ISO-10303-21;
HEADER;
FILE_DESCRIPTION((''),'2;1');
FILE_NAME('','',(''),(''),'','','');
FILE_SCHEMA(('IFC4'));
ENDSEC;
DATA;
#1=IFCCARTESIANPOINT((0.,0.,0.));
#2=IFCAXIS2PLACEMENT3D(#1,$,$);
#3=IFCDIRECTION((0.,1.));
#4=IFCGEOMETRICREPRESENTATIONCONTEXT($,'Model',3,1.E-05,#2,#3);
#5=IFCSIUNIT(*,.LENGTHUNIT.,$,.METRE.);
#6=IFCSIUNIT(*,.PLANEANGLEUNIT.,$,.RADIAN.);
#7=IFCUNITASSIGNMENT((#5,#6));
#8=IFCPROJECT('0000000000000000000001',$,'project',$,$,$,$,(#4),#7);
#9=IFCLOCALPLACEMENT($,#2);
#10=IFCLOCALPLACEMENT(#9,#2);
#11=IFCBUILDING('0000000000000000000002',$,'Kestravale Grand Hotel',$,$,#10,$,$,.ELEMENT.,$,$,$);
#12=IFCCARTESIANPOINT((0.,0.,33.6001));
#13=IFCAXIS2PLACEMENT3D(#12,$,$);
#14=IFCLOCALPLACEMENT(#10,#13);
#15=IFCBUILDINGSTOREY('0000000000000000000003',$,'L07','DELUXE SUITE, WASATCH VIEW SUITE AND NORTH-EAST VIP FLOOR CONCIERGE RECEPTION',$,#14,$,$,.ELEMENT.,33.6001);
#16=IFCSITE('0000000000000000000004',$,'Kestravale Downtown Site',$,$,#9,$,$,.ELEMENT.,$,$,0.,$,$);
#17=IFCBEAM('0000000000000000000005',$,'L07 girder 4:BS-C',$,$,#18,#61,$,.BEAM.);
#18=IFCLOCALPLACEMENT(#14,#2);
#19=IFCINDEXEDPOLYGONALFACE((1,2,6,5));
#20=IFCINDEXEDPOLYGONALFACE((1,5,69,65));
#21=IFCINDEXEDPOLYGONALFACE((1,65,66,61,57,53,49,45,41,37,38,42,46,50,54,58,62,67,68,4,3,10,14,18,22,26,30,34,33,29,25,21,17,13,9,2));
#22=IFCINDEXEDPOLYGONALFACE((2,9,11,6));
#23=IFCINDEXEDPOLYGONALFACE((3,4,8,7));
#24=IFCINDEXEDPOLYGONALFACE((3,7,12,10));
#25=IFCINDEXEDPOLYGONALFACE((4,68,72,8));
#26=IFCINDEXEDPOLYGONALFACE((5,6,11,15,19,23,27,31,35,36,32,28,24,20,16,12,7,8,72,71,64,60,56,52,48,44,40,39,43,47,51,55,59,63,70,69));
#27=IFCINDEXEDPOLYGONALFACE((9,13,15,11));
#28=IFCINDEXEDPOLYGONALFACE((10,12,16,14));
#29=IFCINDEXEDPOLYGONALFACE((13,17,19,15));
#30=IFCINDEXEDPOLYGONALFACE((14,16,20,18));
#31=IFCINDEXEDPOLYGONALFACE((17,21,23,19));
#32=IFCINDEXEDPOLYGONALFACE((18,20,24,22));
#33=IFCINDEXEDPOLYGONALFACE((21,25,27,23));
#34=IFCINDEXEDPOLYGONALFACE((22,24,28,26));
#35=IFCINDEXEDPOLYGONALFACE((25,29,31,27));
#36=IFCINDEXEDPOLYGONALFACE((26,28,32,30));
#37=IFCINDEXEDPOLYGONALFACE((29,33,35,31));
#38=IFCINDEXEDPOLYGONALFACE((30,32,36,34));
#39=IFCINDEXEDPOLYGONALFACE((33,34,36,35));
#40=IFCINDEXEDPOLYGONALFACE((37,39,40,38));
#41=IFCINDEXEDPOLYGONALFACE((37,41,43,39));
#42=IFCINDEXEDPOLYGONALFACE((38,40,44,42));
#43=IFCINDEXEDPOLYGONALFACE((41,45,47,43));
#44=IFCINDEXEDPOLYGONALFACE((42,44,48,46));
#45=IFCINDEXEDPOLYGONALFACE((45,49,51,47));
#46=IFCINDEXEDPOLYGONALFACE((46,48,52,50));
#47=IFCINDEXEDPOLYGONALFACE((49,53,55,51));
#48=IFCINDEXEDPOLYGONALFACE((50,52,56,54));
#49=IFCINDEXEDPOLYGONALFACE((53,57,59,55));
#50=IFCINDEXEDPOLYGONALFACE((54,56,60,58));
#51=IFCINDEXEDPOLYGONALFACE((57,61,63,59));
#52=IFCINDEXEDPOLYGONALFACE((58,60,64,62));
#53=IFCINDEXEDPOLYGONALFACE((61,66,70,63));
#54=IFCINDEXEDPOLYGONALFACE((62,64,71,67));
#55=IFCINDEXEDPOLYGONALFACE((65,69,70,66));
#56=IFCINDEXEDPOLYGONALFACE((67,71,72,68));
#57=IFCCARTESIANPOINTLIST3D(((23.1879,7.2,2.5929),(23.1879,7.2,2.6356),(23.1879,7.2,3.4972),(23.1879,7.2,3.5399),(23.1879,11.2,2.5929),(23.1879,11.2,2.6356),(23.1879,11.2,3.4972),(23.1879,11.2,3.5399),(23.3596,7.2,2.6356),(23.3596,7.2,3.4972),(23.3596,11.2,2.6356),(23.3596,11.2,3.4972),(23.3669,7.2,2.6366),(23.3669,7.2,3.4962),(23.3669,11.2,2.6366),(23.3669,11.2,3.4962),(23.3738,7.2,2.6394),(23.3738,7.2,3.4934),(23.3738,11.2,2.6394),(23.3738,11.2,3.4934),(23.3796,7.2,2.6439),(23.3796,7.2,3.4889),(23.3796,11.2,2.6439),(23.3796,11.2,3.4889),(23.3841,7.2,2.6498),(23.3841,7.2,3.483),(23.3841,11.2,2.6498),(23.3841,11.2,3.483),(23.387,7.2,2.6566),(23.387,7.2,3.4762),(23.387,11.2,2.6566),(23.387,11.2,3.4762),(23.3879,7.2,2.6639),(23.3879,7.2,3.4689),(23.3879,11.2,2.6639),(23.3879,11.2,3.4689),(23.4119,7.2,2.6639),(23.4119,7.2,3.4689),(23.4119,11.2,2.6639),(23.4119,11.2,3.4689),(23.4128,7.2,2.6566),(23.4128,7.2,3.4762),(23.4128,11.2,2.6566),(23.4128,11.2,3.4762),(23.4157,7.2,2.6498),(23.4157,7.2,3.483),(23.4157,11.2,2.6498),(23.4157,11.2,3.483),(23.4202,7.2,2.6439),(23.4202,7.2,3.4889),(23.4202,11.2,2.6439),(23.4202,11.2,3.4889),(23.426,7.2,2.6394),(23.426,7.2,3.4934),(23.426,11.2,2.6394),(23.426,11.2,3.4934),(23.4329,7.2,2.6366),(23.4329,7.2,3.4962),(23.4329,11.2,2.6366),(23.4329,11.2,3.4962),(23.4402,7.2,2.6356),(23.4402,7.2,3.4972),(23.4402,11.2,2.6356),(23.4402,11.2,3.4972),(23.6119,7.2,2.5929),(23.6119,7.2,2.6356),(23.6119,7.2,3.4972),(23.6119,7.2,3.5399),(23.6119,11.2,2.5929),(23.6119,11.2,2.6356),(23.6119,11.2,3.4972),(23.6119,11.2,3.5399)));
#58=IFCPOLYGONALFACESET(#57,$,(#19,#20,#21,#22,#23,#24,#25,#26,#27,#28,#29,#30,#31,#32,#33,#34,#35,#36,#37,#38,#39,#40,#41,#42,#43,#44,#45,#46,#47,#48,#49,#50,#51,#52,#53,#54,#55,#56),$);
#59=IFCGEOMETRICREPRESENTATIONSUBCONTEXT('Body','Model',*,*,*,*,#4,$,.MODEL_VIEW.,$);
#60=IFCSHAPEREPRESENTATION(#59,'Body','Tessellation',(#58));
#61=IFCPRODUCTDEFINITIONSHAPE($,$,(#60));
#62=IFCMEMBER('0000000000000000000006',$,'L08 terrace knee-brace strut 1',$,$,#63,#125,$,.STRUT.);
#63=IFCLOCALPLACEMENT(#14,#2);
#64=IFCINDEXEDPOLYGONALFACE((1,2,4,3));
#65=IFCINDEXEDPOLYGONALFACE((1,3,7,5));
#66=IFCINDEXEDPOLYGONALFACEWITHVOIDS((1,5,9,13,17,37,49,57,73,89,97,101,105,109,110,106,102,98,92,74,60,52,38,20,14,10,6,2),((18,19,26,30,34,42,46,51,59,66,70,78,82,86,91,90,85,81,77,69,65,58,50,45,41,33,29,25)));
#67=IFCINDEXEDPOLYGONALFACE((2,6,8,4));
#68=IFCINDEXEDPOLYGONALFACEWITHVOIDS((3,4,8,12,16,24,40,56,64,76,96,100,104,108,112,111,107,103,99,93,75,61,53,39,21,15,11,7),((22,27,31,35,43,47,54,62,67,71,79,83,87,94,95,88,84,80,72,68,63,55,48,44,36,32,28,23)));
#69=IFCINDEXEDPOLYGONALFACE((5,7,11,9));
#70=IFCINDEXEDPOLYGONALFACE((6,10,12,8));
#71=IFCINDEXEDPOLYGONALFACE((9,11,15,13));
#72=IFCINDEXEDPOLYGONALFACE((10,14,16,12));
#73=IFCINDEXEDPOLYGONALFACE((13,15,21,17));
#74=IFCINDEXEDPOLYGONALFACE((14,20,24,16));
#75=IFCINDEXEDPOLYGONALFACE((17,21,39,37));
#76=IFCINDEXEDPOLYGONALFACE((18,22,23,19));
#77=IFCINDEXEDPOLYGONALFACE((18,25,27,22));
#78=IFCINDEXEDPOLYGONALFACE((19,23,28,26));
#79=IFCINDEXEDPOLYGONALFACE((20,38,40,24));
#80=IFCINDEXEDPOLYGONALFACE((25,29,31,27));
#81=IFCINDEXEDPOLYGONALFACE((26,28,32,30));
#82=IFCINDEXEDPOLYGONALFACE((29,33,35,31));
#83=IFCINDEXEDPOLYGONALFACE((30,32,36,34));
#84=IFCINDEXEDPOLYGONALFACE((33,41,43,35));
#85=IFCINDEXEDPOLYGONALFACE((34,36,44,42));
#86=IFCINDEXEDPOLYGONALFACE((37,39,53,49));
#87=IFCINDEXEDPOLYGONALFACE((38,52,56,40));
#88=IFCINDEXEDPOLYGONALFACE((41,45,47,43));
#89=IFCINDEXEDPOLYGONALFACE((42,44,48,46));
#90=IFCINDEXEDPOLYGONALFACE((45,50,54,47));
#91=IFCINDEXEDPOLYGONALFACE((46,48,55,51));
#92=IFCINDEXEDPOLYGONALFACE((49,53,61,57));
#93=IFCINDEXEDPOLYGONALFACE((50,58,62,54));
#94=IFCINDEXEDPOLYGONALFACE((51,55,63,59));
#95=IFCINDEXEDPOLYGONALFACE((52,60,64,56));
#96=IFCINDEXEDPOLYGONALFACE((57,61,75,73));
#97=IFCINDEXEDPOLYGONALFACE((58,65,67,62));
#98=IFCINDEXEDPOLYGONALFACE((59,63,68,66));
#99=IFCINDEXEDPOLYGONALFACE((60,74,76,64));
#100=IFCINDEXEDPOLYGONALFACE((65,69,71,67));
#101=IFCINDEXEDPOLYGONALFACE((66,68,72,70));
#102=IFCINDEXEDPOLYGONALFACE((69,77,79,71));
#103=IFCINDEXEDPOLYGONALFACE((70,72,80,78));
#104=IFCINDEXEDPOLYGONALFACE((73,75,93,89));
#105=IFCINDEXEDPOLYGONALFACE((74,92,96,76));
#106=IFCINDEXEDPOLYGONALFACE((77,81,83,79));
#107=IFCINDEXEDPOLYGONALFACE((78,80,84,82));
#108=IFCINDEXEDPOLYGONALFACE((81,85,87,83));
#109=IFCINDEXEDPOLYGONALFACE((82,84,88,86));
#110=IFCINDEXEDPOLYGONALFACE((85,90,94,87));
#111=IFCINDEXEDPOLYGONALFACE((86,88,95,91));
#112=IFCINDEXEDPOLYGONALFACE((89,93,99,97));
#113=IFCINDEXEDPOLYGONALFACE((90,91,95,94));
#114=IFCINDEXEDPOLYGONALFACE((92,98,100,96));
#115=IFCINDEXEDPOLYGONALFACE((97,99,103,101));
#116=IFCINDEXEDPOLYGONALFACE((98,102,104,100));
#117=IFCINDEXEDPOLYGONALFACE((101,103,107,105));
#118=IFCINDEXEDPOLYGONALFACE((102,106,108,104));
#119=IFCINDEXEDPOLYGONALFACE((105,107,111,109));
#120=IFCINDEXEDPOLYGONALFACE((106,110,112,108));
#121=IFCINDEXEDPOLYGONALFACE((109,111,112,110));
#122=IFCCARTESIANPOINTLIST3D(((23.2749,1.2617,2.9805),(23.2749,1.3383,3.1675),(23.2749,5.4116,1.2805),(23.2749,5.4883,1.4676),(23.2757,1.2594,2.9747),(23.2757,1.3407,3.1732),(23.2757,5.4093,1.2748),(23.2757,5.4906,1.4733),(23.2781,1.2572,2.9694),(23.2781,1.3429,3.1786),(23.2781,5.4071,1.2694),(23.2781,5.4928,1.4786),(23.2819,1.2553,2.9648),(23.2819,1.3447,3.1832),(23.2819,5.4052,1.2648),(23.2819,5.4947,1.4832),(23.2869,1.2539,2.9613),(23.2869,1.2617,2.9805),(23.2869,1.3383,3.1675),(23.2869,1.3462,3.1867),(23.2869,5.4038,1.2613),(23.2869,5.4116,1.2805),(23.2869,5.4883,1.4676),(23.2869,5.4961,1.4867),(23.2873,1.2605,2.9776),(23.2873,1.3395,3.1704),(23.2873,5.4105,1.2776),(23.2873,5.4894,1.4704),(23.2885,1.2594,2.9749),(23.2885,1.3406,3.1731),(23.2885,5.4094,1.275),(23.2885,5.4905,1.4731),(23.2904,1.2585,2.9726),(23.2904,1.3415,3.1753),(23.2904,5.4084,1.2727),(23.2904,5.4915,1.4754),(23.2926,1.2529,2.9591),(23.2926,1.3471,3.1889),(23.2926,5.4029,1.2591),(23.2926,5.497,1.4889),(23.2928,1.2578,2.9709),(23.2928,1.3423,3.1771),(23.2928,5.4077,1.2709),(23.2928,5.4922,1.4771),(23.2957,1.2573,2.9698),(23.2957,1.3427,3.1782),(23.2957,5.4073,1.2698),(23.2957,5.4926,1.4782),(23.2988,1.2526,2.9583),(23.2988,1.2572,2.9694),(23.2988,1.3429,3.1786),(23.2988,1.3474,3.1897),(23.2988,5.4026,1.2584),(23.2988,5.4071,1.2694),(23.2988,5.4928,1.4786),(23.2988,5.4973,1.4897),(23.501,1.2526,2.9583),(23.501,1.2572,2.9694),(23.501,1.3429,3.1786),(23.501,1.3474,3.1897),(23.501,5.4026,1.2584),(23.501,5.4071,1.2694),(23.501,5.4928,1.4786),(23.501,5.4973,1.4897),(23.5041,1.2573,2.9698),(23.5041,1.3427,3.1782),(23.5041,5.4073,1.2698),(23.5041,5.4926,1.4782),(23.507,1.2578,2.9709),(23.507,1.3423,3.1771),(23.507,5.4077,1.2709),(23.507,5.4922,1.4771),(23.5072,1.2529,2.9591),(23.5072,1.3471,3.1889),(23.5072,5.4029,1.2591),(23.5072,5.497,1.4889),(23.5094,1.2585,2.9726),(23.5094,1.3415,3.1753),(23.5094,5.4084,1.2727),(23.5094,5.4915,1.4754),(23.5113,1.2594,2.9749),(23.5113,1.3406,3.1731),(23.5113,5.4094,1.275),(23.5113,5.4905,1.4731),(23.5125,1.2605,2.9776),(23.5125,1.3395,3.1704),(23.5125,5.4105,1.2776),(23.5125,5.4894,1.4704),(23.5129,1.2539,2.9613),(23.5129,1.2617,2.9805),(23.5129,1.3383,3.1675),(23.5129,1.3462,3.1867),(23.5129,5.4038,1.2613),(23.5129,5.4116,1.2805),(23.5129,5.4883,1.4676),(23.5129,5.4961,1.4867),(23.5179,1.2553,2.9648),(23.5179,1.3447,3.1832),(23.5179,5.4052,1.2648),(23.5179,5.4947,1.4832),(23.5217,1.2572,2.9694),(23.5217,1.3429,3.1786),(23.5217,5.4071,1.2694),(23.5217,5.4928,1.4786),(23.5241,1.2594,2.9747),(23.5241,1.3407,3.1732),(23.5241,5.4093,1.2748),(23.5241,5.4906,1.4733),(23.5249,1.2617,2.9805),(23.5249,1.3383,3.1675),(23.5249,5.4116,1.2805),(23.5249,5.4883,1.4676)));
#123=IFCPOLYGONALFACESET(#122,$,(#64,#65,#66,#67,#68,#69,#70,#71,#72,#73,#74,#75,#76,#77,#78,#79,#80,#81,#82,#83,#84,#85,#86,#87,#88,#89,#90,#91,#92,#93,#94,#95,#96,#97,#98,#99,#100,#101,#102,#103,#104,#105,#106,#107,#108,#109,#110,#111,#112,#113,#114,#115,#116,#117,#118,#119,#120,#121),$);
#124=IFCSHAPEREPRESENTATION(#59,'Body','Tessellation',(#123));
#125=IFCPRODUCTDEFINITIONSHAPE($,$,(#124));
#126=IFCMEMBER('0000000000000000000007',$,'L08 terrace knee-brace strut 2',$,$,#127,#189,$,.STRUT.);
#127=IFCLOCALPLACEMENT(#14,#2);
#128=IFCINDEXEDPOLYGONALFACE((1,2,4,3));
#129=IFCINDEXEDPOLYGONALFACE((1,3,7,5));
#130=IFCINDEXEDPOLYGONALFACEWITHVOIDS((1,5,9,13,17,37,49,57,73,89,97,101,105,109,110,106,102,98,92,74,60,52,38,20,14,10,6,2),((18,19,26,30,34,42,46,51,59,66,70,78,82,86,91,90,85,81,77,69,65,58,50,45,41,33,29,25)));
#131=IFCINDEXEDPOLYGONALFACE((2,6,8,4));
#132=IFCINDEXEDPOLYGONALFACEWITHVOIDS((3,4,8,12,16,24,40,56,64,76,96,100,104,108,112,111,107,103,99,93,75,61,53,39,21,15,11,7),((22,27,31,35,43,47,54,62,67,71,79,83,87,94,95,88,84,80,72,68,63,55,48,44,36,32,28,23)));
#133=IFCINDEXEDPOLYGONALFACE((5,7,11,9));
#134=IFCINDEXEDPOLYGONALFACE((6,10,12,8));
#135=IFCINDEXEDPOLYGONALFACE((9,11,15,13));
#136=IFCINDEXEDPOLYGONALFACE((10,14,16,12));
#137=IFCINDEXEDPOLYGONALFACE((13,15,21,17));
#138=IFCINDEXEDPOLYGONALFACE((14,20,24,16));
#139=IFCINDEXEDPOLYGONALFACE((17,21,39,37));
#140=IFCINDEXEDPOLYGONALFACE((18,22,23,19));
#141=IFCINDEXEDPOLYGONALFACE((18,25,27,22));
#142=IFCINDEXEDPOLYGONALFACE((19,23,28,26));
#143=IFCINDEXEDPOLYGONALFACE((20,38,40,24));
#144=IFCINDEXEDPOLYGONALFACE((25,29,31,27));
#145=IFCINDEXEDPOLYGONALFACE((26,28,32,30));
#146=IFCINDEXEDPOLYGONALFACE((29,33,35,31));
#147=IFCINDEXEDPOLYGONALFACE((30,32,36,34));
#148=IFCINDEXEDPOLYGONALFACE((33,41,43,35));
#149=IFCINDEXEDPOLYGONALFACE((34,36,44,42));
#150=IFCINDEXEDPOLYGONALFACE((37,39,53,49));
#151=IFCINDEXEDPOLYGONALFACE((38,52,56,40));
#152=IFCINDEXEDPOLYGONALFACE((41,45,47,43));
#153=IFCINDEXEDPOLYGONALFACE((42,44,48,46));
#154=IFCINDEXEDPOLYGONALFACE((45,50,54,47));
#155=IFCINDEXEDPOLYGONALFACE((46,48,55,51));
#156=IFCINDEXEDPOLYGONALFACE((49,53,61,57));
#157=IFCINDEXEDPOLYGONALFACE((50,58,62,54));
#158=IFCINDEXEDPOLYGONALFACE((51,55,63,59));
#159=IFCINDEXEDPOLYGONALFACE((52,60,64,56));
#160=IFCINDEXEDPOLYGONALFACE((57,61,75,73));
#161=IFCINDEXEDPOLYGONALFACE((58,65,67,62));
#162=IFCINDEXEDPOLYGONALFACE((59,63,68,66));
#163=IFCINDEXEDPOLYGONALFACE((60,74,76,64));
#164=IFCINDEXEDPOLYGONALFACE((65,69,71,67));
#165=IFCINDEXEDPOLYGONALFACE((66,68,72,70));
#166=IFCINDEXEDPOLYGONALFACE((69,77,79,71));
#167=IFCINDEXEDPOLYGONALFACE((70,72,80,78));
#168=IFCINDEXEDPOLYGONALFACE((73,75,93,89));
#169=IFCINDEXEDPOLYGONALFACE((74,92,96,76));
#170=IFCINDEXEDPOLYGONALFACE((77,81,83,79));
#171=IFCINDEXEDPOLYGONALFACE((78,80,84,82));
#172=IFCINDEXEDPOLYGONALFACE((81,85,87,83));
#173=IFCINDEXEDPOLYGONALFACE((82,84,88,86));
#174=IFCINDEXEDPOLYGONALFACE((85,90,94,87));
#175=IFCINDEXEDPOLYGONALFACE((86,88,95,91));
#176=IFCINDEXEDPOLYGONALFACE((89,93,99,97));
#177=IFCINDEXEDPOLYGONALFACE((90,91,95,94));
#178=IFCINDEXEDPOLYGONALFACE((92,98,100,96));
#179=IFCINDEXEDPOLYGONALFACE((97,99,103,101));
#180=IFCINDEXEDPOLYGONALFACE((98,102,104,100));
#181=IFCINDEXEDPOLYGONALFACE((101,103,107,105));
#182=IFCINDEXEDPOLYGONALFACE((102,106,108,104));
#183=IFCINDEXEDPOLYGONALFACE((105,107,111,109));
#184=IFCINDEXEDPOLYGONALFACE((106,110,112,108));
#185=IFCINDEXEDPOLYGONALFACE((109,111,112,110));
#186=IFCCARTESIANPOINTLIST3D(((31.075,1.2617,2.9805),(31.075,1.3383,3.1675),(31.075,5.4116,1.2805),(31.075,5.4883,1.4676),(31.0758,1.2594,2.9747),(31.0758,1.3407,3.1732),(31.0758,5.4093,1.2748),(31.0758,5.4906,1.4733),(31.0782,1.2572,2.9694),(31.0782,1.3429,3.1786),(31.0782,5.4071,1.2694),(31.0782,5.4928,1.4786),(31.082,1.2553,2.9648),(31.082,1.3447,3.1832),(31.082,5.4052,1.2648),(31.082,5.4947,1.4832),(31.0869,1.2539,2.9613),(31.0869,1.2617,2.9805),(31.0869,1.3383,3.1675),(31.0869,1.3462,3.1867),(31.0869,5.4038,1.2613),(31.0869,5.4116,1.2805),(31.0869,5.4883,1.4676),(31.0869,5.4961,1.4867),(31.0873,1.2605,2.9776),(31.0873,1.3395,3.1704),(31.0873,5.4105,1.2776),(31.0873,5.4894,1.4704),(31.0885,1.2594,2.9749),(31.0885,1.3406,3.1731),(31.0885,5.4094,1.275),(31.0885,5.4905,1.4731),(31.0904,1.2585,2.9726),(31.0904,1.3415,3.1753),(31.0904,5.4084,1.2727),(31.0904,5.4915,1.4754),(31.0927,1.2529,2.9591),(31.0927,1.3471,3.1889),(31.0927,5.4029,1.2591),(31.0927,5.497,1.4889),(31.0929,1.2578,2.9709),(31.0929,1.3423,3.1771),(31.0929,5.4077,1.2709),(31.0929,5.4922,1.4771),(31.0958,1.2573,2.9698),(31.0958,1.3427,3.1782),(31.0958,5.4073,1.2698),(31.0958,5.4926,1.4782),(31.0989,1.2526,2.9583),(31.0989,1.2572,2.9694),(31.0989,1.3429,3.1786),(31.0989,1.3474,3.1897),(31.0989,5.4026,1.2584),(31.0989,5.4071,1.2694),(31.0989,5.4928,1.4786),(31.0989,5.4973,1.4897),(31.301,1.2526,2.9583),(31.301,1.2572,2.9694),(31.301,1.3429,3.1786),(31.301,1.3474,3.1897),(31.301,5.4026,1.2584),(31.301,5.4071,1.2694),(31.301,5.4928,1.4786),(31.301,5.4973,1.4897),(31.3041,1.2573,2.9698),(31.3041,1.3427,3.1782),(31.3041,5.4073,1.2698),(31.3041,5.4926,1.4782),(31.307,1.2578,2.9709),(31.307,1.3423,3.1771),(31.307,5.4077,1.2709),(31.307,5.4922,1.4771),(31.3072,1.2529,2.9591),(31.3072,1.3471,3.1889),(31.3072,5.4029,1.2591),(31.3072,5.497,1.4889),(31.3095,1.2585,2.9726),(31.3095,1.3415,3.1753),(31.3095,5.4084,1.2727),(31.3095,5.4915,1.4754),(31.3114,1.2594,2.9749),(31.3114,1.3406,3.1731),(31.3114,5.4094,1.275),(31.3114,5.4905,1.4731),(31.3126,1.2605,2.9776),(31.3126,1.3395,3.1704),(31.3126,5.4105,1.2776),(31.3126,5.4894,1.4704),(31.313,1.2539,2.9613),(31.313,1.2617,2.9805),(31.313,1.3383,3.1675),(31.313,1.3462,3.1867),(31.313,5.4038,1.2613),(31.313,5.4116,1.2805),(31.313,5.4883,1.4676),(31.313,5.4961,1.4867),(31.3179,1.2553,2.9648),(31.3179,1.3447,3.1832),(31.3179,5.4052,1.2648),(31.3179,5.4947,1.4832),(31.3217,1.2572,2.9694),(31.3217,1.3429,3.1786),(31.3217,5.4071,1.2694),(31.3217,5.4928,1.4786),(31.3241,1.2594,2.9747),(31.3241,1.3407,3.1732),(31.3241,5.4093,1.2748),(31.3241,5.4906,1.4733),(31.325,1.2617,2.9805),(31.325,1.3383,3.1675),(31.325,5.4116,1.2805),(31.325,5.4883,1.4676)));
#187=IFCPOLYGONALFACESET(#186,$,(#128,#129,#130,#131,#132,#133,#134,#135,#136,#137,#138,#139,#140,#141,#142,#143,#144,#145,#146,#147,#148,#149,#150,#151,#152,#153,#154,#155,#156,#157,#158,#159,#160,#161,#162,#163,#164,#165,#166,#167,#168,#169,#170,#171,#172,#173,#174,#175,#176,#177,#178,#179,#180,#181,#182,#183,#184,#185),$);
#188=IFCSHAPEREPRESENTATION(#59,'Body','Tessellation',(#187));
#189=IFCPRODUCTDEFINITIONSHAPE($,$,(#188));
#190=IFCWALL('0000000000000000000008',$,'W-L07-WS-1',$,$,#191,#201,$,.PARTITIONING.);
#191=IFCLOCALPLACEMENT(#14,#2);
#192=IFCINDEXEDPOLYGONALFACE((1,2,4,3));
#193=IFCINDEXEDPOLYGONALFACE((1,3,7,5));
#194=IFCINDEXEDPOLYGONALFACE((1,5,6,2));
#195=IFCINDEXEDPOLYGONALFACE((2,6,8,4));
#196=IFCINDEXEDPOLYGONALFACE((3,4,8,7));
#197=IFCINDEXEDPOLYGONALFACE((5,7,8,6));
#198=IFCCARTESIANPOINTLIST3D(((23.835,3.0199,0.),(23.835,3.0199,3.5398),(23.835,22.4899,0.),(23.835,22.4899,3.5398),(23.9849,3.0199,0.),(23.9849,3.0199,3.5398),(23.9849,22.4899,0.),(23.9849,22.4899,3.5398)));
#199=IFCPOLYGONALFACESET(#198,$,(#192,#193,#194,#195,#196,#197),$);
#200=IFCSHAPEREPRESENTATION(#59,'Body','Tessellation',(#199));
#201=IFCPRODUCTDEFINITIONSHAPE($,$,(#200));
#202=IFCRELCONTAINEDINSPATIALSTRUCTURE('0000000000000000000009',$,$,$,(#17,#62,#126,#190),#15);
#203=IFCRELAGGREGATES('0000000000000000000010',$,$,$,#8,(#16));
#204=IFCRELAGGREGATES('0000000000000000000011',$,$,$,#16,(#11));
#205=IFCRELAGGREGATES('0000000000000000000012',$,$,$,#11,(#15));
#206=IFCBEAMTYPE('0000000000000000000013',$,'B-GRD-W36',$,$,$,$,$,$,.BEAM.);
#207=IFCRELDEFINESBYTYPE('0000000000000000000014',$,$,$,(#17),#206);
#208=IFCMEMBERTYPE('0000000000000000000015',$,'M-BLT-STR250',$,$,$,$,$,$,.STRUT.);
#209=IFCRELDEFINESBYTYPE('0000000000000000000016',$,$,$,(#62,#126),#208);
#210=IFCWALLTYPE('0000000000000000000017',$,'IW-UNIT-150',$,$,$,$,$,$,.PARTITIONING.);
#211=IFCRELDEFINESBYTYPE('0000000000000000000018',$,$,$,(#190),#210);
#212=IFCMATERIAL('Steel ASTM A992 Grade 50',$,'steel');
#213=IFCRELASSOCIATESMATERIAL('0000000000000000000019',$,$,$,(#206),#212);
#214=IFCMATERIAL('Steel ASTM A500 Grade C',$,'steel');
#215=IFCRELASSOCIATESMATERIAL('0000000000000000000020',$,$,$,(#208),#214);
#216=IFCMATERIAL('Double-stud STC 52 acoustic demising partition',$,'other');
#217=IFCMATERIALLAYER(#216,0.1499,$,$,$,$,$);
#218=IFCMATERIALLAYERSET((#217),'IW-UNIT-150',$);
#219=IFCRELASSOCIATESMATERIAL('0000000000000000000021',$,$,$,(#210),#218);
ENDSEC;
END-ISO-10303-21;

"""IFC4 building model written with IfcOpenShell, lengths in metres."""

from ifc_helpers import new_model, si_unit, direction, frame, frame_2d, origin, origin_2d, place, context, subcontext, project, spatial, rectangle, hollow_rectangle, i_section, extrude, material, layer, layer_set, material_profile, profile_set, type_object, element, save


model = new_model("IFC4")

# Units and contexts
model_context = context("Model", 3, precision=1e-05, world=origin(), true_north=direction((0.0, 1.0)))
body_context = subcontext(model_context, "Body", "Model", "MODEL_VIEW")
ifc_project = project(units=[si_unit("LENGTHUNIT", "METRE"), si_unit("PLANEANGLEUNIT", "RADIAN")], contexts=[model_context])

# Site, building, storey
site_placement = place(None, origin())
site = spatial("IfcSite", under=ifc_project, at=site_placement, Name="Kestravale Downtown Site", CompositionType="ELEMENT", RefElevation=0.0)
building_placement = place(site_placement, origin())
building = spatial("IfcBuilding", under=site, at=building_placement, Name="Kestravale Grand Hotel", CompositionType="ELEMENT")
storey_placement = place(building_placement, frame((0.0, 0.0, 33.6001)))
storey = spatial("IfcBuildingStorey", under=building, at=storey_placement, Name="L07", Description="DELUXE SUITE, WASATCH VIEW SUITE AND NORTH-EAST VIP FLOOR CONCIERGE RECEPTION", CompositionType="ELEMENT", Elevation=33.6001)

# Beam
ifc_material_1 = material(Name="Steel ASTM A992 Grade 50", Category="steel")
ifc_material_profile_1 = material_profile(ifc_material_1, i_section(OverallWidth=0.4241, OverallDepth=0.947, WebThickness=0.0239, FlangeThickness=0.0427, FilletRadius=0.0283, at=origin_2d()))
ifc_profile_set_1 = profile_set([ifc_material_profile_1], Name="Steel ASTM A992 Grade 50")
beam_type_1 = type_object("IfcBeamType", Name="B-GRD-W36", PredefinedType="BEAM", material=ifc_profile_set_1)
beam_1_placement = place(storey_placement, frame((23.3999, 7.2, 3.0664), z_axis=(0.0, 1.0, 0.0), x_axis=(-1.0, 0.0, 0.0)))
element("IfcBeam", 1, at=beam_1_placement, inside=storey, type_object=beam_type_1, Name="L07 girder 4:BS-C", PredefinedType="BEAM", context=body_context, shape_type="SweptSolid", body=[
    extrude(i_section(OverallWidth=0.4241, OverallDepth=0.947, WebThickness=0.0239, FlangeThickness=0.0427, FilletRadius=0.0283, at=origin_2d()), origin(), (0.0, 0.0, 1.0), 4.0),
])

# Members
ifc_material_2 = material(Name="Steel ASTM A500 Grade C", Category="steel")
ifc_material_profile_2 = material_profile(ifc_material_2, hollow_rectangle(XDim=0.25, YDim=0.25, WallThickness=0.012, InnerFilletRadius=0.012, OuterFilletRadius=0.0239, at=origin_2d()))
ifc_profile_set_2 = profile_set([ifc_material_profile_2], Name="Steel ASTM A500 Grade C")
member_type = type_object("IfcMemberType", Name="M-BLT-STR250", PredefinedType="STRUT", material=ifc_profile_set_2)
for number, where, z_axis, x_axis, name in (
    (2, (23.3999, 5.45, 1.374), (0.0, -0.92537, 0.379065), (1.0, 0.0, 0.0), "L08 terrace knee-brace strut 1"),
    (3, (31.2, 5.45, 1.374), (0.0, -0.92537, 0.379065), (1.0, 0.0, 0.0), "L08 terrace knee-brace strut 2"),
):
    element("IfcMember", number, at=place(storey_placement, frame(where, z_axis=z_axis, x_axis=x_axis)), inside=storey, type_object=member_type, Name=name, PredefinedType="STRUT", context=body_context, shape_type="SweptSolid", body=[
        extrude(hollow_rectangle(XDim=0.25, YDim=0.25, WallThickness=0.012, InnerFilletRadius=0.012, OuterFilletRadius=0.0239, at=origin_2d()), origin(), (0.0, 0.0, 1.0), 4.4846),
    ])

# Wall
ifc_material_3 = material(Name="Double-stud STC 52 acoustic demising partition", Category="other")
ifc_layer = layer(ifc_material_3, 0.1499)
ifc_layer_set = layer_set([ifc_layer], Name="IW-UNIT-150")
wall_type = type_object("IfcWallType", Name="IW-UNIT-150", PredefinedType="PARTITIONING", material=ifc_layer_set)
wall_placement = place(storey_placement, frame((23.9099, 3.02, 0.0), z_axis=(0.0, 0.0, 1.0), x_axis=(0.0, 1.0, 0.0)))
element("IfcWall", 4, at=wall_placement, inside=storey, type_object=wall_type, Name="W-L07-WS-1", PredefinedType="PARTITIONING", context=body_context, shape_type="SweptSolid", body=[
    extrude(rectangle(XDim=19.47, YDim=0.1499, at=frame_2d((9.7349, 0.0))), origin(), (0.0, 0.0, 1.0), 3.5398),
])

save(model, "model.ifc")
